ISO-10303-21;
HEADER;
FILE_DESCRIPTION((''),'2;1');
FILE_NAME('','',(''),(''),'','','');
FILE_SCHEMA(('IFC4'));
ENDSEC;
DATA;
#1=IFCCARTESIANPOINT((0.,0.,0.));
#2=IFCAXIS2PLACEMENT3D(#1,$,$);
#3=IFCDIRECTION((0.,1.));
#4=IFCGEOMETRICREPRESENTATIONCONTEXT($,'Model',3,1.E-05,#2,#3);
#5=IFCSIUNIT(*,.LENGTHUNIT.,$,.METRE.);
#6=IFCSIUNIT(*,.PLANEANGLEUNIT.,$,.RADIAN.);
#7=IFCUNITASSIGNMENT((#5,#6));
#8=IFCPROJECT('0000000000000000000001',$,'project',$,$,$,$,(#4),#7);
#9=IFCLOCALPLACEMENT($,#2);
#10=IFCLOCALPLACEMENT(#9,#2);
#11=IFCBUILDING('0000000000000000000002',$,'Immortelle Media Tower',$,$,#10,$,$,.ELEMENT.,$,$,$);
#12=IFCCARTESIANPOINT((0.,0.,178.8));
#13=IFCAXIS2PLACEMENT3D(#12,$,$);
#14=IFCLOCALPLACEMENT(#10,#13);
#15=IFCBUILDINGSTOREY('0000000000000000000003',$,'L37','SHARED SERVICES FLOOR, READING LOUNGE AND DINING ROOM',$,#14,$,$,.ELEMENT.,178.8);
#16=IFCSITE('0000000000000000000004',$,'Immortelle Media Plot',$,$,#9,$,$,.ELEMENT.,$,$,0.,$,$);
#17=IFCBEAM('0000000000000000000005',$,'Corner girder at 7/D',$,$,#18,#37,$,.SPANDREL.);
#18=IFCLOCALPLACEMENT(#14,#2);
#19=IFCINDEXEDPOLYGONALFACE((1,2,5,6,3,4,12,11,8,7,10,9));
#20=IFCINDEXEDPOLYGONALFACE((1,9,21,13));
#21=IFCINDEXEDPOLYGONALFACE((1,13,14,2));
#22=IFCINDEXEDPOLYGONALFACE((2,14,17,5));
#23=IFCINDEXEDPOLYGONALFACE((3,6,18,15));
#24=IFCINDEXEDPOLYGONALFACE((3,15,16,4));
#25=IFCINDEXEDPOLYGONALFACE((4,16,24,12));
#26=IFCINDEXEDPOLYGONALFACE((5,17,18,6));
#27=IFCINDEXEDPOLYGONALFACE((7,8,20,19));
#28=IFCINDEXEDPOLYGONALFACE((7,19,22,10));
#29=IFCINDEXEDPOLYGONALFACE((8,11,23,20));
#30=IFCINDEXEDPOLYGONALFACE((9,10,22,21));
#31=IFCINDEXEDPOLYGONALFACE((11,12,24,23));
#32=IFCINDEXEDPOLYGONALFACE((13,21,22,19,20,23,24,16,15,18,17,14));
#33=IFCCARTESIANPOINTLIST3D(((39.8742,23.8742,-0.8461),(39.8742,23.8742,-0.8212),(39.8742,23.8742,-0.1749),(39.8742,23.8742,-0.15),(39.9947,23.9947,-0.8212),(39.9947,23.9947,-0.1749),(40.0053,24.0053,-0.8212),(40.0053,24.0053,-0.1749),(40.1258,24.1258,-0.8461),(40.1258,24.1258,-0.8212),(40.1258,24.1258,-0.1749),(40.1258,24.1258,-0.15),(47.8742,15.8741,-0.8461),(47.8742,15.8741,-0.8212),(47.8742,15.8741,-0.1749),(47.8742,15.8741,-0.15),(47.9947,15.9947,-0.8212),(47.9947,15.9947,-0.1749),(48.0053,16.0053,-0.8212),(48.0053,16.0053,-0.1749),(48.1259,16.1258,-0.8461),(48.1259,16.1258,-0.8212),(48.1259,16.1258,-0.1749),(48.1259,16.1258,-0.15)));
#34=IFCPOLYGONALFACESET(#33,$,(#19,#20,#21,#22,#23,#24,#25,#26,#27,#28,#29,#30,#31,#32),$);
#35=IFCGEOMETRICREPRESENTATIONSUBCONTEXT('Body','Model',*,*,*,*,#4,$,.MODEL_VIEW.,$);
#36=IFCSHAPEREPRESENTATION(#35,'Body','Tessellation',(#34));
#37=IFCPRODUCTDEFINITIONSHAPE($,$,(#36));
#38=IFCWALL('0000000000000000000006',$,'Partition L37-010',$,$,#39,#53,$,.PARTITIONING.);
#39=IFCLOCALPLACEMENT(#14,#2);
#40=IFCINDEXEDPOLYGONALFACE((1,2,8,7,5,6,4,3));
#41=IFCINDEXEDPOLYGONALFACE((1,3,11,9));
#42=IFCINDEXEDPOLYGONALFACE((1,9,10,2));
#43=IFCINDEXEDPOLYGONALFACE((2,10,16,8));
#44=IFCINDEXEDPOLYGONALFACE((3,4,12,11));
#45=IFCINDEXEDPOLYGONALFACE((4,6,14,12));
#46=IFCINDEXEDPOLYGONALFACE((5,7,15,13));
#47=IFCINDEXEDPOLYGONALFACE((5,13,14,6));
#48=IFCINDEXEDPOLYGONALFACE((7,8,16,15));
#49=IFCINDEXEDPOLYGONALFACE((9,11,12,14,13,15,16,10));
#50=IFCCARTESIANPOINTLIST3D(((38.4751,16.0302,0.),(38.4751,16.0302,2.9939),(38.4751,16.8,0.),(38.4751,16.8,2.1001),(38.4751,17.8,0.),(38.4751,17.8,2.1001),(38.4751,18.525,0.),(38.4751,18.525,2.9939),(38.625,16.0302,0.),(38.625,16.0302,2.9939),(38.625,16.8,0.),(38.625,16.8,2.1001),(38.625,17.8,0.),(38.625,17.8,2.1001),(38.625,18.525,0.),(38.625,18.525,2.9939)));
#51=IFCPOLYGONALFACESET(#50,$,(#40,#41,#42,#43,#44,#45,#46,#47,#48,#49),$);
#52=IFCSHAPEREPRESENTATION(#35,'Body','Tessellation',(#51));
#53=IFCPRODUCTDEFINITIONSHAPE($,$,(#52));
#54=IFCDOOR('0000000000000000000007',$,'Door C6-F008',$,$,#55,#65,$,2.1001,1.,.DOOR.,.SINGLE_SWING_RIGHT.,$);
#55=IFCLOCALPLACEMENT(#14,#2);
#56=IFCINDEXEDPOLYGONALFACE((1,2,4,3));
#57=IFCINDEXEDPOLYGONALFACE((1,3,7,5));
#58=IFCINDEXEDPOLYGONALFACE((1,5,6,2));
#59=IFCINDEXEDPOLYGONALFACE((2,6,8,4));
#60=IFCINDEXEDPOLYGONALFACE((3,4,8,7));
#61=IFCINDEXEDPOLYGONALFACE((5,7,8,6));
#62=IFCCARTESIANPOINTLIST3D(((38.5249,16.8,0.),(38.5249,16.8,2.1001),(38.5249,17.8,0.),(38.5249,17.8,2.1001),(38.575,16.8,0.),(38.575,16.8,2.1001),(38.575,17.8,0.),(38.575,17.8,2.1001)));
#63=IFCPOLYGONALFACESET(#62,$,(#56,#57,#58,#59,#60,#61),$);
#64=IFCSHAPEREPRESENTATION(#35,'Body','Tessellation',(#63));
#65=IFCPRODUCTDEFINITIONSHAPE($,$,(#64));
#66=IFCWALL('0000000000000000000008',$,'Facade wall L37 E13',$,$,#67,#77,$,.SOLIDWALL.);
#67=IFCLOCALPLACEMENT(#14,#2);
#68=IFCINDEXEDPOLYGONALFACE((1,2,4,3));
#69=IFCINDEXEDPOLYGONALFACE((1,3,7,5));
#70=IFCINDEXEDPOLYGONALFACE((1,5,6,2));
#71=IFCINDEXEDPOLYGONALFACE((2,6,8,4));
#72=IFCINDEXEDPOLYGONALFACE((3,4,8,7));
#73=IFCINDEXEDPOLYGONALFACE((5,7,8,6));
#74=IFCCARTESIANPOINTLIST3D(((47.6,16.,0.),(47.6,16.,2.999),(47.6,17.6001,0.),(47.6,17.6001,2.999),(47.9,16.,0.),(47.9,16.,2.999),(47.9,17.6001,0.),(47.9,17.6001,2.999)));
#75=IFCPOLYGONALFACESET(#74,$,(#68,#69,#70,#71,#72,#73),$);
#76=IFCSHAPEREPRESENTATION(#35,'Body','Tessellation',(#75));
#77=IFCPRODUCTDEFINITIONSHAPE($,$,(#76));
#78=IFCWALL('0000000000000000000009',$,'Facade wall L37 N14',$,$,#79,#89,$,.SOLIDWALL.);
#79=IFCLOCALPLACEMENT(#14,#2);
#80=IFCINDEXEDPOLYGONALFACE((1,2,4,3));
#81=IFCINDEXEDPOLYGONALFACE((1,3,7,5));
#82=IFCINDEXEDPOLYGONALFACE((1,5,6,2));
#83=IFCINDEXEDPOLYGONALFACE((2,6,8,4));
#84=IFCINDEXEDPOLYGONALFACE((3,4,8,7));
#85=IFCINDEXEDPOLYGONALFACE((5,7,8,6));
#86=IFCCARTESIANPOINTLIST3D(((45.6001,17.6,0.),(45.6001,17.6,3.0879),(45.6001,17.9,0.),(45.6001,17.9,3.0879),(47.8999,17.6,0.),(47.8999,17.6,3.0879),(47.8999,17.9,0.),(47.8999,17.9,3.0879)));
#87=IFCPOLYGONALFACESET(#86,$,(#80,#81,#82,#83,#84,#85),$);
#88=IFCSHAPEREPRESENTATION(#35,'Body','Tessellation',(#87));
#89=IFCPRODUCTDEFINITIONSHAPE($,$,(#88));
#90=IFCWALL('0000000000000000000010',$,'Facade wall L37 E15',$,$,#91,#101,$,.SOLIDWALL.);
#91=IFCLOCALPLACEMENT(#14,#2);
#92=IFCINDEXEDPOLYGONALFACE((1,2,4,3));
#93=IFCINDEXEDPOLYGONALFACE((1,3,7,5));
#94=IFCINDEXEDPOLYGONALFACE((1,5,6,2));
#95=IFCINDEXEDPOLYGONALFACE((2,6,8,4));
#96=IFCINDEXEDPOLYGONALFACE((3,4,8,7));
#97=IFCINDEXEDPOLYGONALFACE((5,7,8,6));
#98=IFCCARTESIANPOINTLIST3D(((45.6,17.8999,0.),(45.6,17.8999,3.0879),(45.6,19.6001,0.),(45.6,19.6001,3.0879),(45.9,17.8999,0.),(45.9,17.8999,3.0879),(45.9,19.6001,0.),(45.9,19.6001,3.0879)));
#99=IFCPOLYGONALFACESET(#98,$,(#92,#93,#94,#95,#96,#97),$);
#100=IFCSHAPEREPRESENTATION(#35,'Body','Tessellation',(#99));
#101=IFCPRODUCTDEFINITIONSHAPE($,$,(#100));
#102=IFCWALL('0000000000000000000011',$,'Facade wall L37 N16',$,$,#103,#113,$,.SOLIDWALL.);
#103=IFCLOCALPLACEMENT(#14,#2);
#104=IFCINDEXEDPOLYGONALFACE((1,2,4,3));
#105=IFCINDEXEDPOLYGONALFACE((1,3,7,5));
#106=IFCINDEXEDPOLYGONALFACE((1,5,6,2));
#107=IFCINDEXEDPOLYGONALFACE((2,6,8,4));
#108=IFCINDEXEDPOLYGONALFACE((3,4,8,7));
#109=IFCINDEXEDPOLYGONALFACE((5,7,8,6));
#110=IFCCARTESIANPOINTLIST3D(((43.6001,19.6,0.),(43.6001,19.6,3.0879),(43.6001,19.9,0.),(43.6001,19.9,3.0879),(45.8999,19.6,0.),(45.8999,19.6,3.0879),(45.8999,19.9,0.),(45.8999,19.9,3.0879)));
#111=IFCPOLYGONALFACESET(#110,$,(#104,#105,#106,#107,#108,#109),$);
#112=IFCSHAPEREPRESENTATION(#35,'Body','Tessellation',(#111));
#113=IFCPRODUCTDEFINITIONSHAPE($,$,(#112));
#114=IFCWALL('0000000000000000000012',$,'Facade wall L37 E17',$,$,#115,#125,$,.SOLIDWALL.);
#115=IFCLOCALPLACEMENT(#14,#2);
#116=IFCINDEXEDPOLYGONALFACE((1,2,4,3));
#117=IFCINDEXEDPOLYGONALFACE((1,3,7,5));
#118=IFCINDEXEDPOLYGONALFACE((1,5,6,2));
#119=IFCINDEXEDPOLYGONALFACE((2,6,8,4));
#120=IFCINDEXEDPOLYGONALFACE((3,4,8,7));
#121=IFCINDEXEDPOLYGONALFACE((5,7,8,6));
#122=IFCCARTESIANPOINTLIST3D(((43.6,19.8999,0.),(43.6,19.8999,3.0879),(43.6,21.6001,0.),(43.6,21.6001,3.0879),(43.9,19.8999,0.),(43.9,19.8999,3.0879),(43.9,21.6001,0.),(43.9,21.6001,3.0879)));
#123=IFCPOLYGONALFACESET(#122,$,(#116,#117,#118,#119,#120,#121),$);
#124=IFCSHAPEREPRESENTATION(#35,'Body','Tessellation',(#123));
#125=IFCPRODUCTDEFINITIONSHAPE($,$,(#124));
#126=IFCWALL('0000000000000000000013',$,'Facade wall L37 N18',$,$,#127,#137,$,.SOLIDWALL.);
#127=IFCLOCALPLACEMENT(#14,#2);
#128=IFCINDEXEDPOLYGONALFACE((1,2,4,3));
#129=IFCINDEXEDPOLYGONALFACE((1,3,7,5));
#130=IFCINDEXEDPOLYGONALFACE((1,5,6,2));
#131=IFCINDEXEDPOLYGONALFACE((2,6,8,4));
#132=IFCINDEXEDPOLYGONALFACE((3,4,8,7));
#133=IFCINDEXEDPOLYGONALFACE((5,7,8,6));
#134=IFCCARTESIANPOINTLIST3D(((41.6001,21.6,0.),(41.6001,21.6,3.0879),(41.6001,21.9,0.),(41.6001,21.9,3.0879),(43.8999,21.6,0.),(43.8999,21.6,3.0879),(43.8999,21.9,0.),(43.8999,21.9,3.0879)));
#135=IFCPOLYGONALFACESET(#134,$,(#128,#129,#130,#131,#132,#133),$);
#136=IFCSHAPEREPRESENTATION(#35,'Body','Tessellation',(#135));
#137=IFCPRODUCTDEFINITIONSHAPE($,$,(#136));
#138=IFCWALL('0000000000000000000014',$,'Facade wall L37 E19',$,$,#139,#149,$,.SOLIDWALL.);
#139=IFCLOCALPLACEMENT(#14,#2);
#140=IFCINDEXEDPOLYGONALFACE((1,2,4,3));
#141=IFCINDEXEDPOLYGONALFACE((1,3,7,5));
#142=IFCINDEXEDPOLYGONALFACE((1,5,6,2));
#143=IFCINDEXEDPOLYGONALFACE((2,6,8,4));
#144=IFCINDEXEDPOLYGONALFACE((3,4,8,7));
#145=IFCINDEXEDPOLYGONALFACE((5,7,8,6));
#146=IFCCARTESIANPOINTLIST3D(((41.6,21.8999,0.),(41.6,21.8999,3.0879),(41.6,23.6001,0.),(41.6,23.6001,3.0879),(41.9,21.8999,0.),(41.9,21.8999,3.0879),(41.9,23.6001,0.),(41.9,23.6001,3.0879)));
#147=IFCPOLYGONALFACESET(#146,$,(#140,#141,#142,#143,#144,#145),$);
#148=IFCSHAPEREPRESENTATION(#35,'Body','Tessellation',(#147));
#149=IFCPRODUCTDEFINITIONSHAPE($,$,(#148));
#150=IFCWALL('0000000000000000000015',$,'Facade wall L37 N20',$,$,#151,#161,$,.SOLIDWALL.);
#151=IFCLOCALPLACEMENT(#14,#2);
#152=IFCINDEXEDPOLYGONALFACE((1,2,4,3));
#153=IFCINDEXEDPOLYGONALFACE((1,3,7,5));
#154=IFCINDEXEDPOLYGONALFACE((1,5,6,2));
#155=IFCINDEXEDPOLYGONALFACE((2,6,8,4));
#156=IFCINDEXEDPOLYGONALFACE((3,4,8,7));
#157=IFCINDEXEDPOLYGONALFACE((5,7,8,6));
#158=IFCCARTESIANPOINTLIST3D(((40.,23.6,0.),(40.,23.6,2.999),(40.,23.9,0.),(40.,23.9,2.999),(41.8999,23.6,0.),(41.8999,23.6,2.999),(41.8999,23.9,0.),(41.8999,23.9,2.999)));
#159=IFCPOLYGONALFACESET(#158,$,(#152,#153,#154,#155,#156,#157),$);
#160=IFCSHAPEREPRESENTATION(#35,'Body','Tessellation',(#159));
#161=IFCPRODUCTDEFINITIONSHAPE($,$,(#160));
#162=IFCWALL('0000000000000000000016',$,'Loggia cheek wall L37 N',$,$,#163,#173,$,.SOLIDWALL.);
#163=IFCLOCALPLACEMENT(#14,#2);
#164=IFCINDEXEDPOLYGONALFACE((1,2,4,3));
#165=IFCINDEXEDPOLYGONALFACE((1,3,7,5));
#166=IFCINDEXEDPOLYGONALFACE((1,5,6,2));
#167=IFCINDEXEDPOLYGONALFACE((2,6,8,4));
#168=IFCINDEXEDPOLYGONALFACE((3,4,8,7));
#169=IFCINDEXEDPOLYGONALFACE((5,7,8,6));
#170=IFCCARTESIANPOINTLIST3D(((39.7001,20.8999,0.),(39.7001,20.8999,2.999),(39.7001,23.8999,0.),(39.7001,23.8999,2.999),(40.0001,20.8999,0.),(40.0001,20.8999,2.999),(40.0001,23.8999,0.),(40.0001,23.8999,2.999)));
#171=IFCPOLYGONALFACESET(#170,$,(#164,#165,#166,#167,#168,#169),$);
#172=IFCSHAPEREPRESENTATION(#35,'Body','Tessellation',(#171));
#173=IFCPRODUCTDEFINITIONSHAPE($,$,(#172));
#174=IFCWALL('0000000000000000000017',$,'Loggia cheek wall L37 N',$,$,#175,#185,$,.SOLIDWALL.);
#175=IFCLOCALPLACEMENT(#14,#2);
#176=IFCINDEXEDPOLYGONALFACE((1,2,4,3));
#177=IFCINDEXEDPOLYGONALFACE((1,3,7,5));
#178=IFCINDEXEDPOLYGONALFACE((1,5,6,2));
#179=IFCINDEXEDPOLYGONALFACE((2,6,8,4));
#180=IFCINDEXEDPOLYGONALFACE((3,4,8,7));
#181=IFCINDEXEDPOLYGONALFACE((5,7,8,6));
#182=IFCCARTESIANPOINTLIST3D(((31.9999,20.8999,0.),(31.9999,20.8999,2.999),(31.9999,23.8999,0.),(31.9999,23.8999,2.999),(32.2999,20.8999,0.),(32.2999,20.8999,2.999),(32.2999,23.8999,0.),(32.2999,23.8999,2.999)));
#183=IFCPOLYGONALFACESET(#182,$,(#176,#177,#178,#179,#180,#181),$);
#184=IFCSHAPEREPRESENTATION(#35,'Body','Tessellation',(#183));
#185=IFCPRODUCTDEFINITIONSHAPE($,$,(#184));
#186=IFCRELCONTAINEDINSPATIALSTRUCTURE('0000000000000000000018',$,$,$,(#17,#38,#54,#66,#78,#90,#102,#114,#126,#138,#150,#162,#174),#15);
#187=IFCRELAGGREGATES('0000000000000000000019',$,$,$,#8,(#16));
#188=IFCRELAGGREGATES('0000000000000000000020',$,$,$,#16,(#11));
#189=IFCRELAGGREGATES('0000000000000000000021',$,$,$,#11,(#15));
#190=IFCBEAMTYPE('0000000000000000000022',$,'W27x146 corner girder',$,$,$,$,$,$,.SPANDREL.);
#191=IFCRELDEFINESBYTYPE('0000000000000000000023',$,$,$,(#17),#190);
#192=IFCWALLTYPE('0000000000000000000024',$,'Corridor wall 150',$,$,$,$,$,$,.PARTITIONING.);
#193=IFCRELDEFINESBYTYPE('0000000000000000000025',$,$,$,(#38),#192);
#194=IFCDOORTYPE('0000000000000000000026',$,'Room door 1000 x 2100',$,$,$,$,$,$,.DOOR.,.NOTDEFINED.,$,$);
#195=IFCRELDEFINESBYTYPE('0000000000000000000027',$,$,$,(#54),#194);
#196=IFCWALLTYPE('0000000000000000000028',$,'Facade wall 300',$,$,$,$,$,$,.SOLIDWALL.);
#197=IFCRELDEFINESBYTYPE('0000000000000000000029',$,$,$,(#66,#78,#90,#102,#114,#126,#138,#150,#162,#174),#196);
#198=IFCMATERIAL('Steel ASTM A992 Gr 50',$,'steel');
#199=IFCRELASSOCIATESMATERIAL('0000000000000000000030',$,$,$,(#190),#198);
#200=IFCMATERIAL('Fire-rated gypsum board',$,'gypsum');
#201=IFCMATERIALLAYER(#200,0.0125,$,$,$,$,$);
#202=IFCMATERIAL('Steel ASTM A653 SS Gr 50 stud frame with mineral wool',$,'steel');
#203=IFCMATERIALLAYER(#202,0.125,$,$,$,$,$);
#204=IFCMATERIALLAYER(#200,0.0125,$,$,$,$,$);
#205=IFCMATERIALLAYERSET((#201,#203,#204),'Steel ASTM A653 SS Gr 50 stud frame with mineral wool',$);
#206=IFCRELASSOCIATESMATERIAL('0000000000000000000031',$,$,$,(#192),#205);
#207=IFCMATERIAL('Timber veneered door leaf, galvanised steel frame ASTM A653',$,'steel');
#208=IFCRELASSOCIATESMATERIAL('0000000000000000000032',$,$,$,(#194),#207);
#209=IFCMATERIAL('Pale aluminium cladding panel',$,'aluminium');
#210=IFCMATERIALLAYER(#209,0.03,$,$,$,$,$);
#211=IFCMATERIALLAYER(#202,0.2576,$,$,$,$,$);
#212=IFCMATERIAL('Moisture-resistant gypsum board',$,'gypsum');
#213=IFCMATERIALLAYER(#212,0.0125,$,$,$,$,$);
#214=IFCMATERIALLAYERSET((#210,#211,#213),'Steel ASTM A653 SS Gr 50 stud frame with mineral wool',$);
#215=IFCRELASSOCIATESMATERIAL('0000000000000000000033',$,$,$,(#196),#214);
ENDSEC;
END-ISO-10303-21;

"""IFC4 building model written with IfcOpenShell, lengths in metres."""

from ifc_helpers import new_model, si_unit, direction, frame, frame_2d, origin, origin_2d, place, context, subcontext, project, spatial, rectangle, i_section, extrude, material, layer, layer_set, material_profile, profile_set, type_object, element, fill, save


model = new_model("IFC4")

# Units and contexts
model_context = context("Model", 3, precision=1e-05, world=origin(), true_north=direction((0.0, 1.0)))
body_context = subcontext(model_context, "Body", "Model", "MODEL_VIEW")
ifc_project = project(units=[si_unit("LENGTHUNIT", "METRE"), si_unit("PLANEANGLEUNIT", "RADIAN")], contexts=[model_context])

# Site, building, storey
site_placement = place(None, origin())
site = spatial("IfcSite", under=ifc_project, at=site_placement, Name="Immortelle Media Plot", CompositionType="ELEMENT", RefElevation=0.0)
building_placement = place(site_placement, origin())
building = spatial("IfcBuilding", under=site, at=building_placement, Name="Immortelle Media Tower", CompositionType="ELEMENT")
storey_placement = place(building_placement, frame((0.0, 0.0, 178.8)))
storey = spatial("IfcBuildingStorey", under=building, at=storey_placement, Name="L37", Description="SHARED SERVICES FLOOR, READING LOUNGE AND DINING ROOM", CompositionType="ELEMENT", Elevation=178.8)

# Shared definitions
ifc_material_1 = material(Name="Steel ASTM A992 Gr 50", Category="steel")

# Beam
ifc_material_profile_1 = material_profile(ifc_material_1, i_section(OverallWidth=0.356, OverallDepth=0.696, WebThickness=0.0149, FlangeThickness=0.0249, at=origin_2d()), Name="W27x146")
ifc_profile_set_1 = profile_set([ifc_material_profile_1], Name="Steel ASTM A992 Gr 50")
beam_type_1 = type_object("IfcBeamType", Name="W27x146 corner girder", PredefinedType="SPANDREL", material=ifc_profile_set_1)
beam_placement = place(storey_placement, frame((40.0, 24.0, -0.498), z_axis=(0.707107, -0.707107, 0.0), x_axis=(0.707107, 0.707107, 0.0)))
element("IfcBeam", 1, at=beam_placement, inside=storey, type_object=beam_type_1, Name="Corner girder at 7/D", PredefinedType="SPANDREL", context=body_context, shape_type="SweptSolid", body=[
    extrude(i_section(OverallWidth=0.356, OverallDepth=0.696, WebThickness=0.0149, FlangeThickness=0.0249, at=origin_2d()), origin(), (0.0, 0.0, 1.0), 11.3137),
])

# Wall, opening, door
ifc_material_2 = material(Name="Fire-rated gypsum board", Category="gypsum")
ifc_layer_1 = layer(ifc_material_2, 0.0125)
ifc_material_3 = material(Name="Steel ASTM A653 SS Gr 50 stud frame with mineral wool", Category="steel")
ifc_layer_2 = layer(ifc_material_3, 0.125)
ifc_layer_3 = layer(ifc_material_2, 0.0125)
ifc_layer_set_1 = layer_set([ifc_layer_1, ifc_layer_2, ifc_layer_3], Name="Steel ASTM A653 SS Gr 50 stud frame with mineral wool")
wall_type_1 = type_object("IfcWallType", Name="Corridor wall 150", PredefinedType="PARTITIONING", material=ifc_layer_set_1)
wall_1_placement = place(storey_placement, frame((38.55, 16.03, 0.0), z_axis=(0.0, 0.0, 1.0), x_axis=(0.0, 1.0, 0.0)))
wall_1 = element("IfcWall", 2, at=wall_1_placement, inside=storey, type_object=wall_type_1, Name="Partition L37-010", PredefinedType="PARTITIONING", context=body_context, shape_type="SweptSolid", body=[
    extrude(rectangle(XDim=2.4949, YDim=0.1499, at=frame_2d((1.2476, 0.0))), origin(), (0.0, 0.0, 1.0), 2.9939),
])
opening_1_placement = place(wall_1_placement, frame((1.77, 0.0, 0.0), z_axis=(0.0, 0.0, 1.0), x_axis=(-1.0, 0.0, 0.0)))
opening_1 = element("IfcOpeningElement", 3, at=opening_1_placement, cuts=wall_1, PredefinedType="OPENING", context=body_context, shape_type="SweptSolid", body=[
    extrude(rectangle(XDim=1.0, YDim=2.1001, at=frame_2d((0.5, 1.05))), frame((0.0, 0.085, 0.0), z_axis=(0.0, -1.0, 0.0), x_axis=(1.0, 0.0, 0.0)), (0.0, 0.0, 1.0), 0.1699),
])
ifc_material_4 = material(Name="Timber veneered door leaf, galvanised steel frame ASTM A653", Category="steel")
door_type_1 = type_object("IfcDoorType", Name="Room door 1000 x 2100", OperationType="NOTDEFINED", PredefinedType="DOOR", material=ifc_material_4)
door_1_placement = place(opening_1_placement, origin())
door_1 = element("IfcDoor", 4, at=door_1_placement, inside=storey, type_object=door_type_1, Name="Door C6-F008", OperationType="SINGLE_SWING_RIGHT", OverallHeight=2.1001, OverallWidth=1.0, PredefinedType="DOOR", context=body_context, shape_type="SweptSolid", body=[
    extrude(rectangle(XDim=1.0, YDim=2.1001, at=frame_2d((0.5, 1.05))), frame((0.0, 0.0249, 0.0), z_axis=(0.0, -1.0, 0.0), x_axis=(1.0, 0.0, 0.0)), (0.0, 0.0, 1.0), 0.05),
])
fill(opening_1, door_1)

# Walls
ifc_material_5 = material(Name="Pale aluminium cladding panel", Category="aluminium")
ifc_layer_4 = layer(ifc_material_5, 0.03)
ifc_layer_5 = layer(ifc_material_3, 0.2576)
ifc_material_6 = material(Name="Moisture-resistant gypsum board", Category="gypsum")
ifc_layer_6 = layer(ifc_material_6, 0.0125)
ifc_layer_set_2 = layer_set([ifc_layer_4, ifc_layer_5, ifc_layer_6], Name="Steel ASTM A653 SS Gr 50 stud frame with mineral wool")
wall_type_2 = type_object("IfcWallType", Name="Facade wall 300", PredefinedType="SOLIDWALL", material=ifc_layer_set_2)
wall_2_placement = place(storey_placement, frame((47.75, 16.0, 0.0), z_axis=(0.0, 0.0, 1.0), x_axis=(0.0, 1.0, 0.0)))
element("IfcWall", 5, at=wall_2_placement, inside=storey, type_object=wall_type_2, Name="Facade wall L37 E13", PredefinedType="SOLIDWALL", context=body_context, shape_type="SweptSolid", body=[
    extrude(rectangle(XDim=1.6001, YDim=0.3, at=frame_2d((0.8, 0.0))), origin(), (0.0, 0.0, 1.0), 2.999),
])
wall_3_placement = place(storey_placement, frame((47.8999, 17.75, 0.0), z_axis=(0.0, 0.0, 1.0), x_axis=(-1.0, 0.0, 0.0)))
element("IfcWall", 6, at=wall_3_placement, inside=storey, type_object=wall_type_2, Name="Facade wall L37 N14", PredefinedType="SOLIDWALL", context=body_context, shape_type="SweptSolid", body=[
    extrude(rectangle(XDim=2.2998, YDim=0.3, at=frame_2d((1.1499, 0.0))), origin(), (0.0, 0.0, 1.0), 3.0879),
])
wall_4_placement = place(storey_placement, frame((45.75, 17.8999, 0.0), z_axis=(0.0, 0.0, 1.0), x_axis=(0.0, 1.0, 0.0)))
element("IfcWall", 7, at=wall_4_placement, inside=storey, type_object=wall_type_2, Name="Facade wall L37 E15", PredefinedType="SOLIDWALL", context=body_context, shape_type="SweptSolid", body=[
    extrude(rectangle(XDim=1.7002, YDim=0.3, at=frame_2d((0.8501, 0.0))), origin(), (0.0, 0.0, 1.0), 3.0879),
])
wall_5_placement = place(storey_placement, frame((45.8999, 19.75, 0.0), z_axis=(0.0, 0.0, 1.0), x_axis=(-1.0, 0.0, 0.0)))
element("IfcWall", 8, at=wall_5_placement, inside=storey, type_object=wall_type_2, Name="Facade wall L37 N16", PredefinedType="SOLIDWALL", context=body_context, shape_type="SweptSolid", body=[
    extrude(rectangle(XDim=2.2998, YDim=0.3, at=frame_2d((1.1499, 0.0))), origin(), (0.0, 0.0, 1.0), 3.0879),
])
wall_6_placement = place(storey_placement, frame((43.75, 19.8999, 0.0), z_axis=(0.0, 0.0, 1.0), x_axis=(0.0, 1.0, 0.0)))
element("IfcWall", 9, at=wall_6_placement, inside=storey, type_object=wall_type_2, Name="Facade wall L37 E17", PredefinedType="SOLIDWALL", context=body_context, shape_type="SweptSolid", body=[
    extrude(rectangle(XDim=1.7002, YDim=0.3, at=frame_2d((0.8501, 0.0))), origin(), (0.0, 0.0, 1.0), 3.0879),
])
wall_7_placement = place(storey_placement, frame((43.8999, 21.75, 0.0), z_axis=(0.0, 0.0, 1.0), x_axis=(-1.0, 0.0, 0.0)))
element("IfcWall", 10, at=wall_7_placement, inside=storey, type_object=wall_type_2, Name="Facade wall L37 N18", PredefinedType="SOLIDWALL", context=body_context, shape_type="SweptSolid", body=[
    extrude(rectangle(XDim=2.2998, YDim=0.3, at=frame_2d((1.1499, 0.0))), origin(), (0.0, 0.0, 1.0), 3.0879),
])
wall_8_placement = place(storey_placement, frame((41.75, 21.8999, 0.0), z_axis=(0.0, 0.0, 1.0), x_axis=(0.0, 1.0, 0.0)))
element("IfcWall", 11, at=wall_8_placement, inside=storey, type_object=wall_type_2, Name="Facade wall L37 E19", PredefinedType="SOLIDWALL", context=body_context, shape_type="SweptSolid", body=[
    extrude(rectangle(XDim=1.7002, YDim=0.3, at=frame_2d((0.8501, 0.0))), origin(), (0.0, 0.0, 1.0), 3.0879),
])
wall_9_placement = place(storey_placement, frame((41.8999, 23.75, 0.0), z_axis=(0.0, 0.0, 1.0), x_axis=(-1.0, 0.0, 0.0)))
element("IfcWall", 12, at=wall_9_placement, inside=storey, type_object=wall_type_2, Name="Facade wall L37 N20", PredefinedType="SOLIDWALL", context=body_context, shape_type="SweptSolid", body=[
    extrude(rectangle(XDim=1.8999, YDim=0.3, at=frame_2d((0.95, 0.0))), origin(), (0.0, 0.0, 1.0), 2.999),
])

# Walls
for number, where, z_axis, x_axis, name in (
    (13, (39.8501, 23.8999, 0.0), (0.0, 0.0, 1.0), (0.0, -1.0, 0.0), "Loggia cheek wall L37 N"),
    (14, (32.1499, 23.8999, 0.0), (0.0, 0.0, 1.0), (0.0, -1.0, 0.0), "Loggia cheek wall L37 N"),
):
    element("IfcWall", number, at=place(storey_placement, frame(where, z_axis=z_axis, x_axis=x_axis)), inside=storey, type_object=wall_type_2, Name=name, PredefinedType="SOLIDWALL", context=body_context, shape_type="SweptSolid", body=[
        extrude(rectangle(XDim=3.0, YDim=0.3, at=frame_2d((1.5, 0.0))), origin(), (0.0, 0.0, 1.0), 2.999),
    ])

save(model, "model.ifc")
